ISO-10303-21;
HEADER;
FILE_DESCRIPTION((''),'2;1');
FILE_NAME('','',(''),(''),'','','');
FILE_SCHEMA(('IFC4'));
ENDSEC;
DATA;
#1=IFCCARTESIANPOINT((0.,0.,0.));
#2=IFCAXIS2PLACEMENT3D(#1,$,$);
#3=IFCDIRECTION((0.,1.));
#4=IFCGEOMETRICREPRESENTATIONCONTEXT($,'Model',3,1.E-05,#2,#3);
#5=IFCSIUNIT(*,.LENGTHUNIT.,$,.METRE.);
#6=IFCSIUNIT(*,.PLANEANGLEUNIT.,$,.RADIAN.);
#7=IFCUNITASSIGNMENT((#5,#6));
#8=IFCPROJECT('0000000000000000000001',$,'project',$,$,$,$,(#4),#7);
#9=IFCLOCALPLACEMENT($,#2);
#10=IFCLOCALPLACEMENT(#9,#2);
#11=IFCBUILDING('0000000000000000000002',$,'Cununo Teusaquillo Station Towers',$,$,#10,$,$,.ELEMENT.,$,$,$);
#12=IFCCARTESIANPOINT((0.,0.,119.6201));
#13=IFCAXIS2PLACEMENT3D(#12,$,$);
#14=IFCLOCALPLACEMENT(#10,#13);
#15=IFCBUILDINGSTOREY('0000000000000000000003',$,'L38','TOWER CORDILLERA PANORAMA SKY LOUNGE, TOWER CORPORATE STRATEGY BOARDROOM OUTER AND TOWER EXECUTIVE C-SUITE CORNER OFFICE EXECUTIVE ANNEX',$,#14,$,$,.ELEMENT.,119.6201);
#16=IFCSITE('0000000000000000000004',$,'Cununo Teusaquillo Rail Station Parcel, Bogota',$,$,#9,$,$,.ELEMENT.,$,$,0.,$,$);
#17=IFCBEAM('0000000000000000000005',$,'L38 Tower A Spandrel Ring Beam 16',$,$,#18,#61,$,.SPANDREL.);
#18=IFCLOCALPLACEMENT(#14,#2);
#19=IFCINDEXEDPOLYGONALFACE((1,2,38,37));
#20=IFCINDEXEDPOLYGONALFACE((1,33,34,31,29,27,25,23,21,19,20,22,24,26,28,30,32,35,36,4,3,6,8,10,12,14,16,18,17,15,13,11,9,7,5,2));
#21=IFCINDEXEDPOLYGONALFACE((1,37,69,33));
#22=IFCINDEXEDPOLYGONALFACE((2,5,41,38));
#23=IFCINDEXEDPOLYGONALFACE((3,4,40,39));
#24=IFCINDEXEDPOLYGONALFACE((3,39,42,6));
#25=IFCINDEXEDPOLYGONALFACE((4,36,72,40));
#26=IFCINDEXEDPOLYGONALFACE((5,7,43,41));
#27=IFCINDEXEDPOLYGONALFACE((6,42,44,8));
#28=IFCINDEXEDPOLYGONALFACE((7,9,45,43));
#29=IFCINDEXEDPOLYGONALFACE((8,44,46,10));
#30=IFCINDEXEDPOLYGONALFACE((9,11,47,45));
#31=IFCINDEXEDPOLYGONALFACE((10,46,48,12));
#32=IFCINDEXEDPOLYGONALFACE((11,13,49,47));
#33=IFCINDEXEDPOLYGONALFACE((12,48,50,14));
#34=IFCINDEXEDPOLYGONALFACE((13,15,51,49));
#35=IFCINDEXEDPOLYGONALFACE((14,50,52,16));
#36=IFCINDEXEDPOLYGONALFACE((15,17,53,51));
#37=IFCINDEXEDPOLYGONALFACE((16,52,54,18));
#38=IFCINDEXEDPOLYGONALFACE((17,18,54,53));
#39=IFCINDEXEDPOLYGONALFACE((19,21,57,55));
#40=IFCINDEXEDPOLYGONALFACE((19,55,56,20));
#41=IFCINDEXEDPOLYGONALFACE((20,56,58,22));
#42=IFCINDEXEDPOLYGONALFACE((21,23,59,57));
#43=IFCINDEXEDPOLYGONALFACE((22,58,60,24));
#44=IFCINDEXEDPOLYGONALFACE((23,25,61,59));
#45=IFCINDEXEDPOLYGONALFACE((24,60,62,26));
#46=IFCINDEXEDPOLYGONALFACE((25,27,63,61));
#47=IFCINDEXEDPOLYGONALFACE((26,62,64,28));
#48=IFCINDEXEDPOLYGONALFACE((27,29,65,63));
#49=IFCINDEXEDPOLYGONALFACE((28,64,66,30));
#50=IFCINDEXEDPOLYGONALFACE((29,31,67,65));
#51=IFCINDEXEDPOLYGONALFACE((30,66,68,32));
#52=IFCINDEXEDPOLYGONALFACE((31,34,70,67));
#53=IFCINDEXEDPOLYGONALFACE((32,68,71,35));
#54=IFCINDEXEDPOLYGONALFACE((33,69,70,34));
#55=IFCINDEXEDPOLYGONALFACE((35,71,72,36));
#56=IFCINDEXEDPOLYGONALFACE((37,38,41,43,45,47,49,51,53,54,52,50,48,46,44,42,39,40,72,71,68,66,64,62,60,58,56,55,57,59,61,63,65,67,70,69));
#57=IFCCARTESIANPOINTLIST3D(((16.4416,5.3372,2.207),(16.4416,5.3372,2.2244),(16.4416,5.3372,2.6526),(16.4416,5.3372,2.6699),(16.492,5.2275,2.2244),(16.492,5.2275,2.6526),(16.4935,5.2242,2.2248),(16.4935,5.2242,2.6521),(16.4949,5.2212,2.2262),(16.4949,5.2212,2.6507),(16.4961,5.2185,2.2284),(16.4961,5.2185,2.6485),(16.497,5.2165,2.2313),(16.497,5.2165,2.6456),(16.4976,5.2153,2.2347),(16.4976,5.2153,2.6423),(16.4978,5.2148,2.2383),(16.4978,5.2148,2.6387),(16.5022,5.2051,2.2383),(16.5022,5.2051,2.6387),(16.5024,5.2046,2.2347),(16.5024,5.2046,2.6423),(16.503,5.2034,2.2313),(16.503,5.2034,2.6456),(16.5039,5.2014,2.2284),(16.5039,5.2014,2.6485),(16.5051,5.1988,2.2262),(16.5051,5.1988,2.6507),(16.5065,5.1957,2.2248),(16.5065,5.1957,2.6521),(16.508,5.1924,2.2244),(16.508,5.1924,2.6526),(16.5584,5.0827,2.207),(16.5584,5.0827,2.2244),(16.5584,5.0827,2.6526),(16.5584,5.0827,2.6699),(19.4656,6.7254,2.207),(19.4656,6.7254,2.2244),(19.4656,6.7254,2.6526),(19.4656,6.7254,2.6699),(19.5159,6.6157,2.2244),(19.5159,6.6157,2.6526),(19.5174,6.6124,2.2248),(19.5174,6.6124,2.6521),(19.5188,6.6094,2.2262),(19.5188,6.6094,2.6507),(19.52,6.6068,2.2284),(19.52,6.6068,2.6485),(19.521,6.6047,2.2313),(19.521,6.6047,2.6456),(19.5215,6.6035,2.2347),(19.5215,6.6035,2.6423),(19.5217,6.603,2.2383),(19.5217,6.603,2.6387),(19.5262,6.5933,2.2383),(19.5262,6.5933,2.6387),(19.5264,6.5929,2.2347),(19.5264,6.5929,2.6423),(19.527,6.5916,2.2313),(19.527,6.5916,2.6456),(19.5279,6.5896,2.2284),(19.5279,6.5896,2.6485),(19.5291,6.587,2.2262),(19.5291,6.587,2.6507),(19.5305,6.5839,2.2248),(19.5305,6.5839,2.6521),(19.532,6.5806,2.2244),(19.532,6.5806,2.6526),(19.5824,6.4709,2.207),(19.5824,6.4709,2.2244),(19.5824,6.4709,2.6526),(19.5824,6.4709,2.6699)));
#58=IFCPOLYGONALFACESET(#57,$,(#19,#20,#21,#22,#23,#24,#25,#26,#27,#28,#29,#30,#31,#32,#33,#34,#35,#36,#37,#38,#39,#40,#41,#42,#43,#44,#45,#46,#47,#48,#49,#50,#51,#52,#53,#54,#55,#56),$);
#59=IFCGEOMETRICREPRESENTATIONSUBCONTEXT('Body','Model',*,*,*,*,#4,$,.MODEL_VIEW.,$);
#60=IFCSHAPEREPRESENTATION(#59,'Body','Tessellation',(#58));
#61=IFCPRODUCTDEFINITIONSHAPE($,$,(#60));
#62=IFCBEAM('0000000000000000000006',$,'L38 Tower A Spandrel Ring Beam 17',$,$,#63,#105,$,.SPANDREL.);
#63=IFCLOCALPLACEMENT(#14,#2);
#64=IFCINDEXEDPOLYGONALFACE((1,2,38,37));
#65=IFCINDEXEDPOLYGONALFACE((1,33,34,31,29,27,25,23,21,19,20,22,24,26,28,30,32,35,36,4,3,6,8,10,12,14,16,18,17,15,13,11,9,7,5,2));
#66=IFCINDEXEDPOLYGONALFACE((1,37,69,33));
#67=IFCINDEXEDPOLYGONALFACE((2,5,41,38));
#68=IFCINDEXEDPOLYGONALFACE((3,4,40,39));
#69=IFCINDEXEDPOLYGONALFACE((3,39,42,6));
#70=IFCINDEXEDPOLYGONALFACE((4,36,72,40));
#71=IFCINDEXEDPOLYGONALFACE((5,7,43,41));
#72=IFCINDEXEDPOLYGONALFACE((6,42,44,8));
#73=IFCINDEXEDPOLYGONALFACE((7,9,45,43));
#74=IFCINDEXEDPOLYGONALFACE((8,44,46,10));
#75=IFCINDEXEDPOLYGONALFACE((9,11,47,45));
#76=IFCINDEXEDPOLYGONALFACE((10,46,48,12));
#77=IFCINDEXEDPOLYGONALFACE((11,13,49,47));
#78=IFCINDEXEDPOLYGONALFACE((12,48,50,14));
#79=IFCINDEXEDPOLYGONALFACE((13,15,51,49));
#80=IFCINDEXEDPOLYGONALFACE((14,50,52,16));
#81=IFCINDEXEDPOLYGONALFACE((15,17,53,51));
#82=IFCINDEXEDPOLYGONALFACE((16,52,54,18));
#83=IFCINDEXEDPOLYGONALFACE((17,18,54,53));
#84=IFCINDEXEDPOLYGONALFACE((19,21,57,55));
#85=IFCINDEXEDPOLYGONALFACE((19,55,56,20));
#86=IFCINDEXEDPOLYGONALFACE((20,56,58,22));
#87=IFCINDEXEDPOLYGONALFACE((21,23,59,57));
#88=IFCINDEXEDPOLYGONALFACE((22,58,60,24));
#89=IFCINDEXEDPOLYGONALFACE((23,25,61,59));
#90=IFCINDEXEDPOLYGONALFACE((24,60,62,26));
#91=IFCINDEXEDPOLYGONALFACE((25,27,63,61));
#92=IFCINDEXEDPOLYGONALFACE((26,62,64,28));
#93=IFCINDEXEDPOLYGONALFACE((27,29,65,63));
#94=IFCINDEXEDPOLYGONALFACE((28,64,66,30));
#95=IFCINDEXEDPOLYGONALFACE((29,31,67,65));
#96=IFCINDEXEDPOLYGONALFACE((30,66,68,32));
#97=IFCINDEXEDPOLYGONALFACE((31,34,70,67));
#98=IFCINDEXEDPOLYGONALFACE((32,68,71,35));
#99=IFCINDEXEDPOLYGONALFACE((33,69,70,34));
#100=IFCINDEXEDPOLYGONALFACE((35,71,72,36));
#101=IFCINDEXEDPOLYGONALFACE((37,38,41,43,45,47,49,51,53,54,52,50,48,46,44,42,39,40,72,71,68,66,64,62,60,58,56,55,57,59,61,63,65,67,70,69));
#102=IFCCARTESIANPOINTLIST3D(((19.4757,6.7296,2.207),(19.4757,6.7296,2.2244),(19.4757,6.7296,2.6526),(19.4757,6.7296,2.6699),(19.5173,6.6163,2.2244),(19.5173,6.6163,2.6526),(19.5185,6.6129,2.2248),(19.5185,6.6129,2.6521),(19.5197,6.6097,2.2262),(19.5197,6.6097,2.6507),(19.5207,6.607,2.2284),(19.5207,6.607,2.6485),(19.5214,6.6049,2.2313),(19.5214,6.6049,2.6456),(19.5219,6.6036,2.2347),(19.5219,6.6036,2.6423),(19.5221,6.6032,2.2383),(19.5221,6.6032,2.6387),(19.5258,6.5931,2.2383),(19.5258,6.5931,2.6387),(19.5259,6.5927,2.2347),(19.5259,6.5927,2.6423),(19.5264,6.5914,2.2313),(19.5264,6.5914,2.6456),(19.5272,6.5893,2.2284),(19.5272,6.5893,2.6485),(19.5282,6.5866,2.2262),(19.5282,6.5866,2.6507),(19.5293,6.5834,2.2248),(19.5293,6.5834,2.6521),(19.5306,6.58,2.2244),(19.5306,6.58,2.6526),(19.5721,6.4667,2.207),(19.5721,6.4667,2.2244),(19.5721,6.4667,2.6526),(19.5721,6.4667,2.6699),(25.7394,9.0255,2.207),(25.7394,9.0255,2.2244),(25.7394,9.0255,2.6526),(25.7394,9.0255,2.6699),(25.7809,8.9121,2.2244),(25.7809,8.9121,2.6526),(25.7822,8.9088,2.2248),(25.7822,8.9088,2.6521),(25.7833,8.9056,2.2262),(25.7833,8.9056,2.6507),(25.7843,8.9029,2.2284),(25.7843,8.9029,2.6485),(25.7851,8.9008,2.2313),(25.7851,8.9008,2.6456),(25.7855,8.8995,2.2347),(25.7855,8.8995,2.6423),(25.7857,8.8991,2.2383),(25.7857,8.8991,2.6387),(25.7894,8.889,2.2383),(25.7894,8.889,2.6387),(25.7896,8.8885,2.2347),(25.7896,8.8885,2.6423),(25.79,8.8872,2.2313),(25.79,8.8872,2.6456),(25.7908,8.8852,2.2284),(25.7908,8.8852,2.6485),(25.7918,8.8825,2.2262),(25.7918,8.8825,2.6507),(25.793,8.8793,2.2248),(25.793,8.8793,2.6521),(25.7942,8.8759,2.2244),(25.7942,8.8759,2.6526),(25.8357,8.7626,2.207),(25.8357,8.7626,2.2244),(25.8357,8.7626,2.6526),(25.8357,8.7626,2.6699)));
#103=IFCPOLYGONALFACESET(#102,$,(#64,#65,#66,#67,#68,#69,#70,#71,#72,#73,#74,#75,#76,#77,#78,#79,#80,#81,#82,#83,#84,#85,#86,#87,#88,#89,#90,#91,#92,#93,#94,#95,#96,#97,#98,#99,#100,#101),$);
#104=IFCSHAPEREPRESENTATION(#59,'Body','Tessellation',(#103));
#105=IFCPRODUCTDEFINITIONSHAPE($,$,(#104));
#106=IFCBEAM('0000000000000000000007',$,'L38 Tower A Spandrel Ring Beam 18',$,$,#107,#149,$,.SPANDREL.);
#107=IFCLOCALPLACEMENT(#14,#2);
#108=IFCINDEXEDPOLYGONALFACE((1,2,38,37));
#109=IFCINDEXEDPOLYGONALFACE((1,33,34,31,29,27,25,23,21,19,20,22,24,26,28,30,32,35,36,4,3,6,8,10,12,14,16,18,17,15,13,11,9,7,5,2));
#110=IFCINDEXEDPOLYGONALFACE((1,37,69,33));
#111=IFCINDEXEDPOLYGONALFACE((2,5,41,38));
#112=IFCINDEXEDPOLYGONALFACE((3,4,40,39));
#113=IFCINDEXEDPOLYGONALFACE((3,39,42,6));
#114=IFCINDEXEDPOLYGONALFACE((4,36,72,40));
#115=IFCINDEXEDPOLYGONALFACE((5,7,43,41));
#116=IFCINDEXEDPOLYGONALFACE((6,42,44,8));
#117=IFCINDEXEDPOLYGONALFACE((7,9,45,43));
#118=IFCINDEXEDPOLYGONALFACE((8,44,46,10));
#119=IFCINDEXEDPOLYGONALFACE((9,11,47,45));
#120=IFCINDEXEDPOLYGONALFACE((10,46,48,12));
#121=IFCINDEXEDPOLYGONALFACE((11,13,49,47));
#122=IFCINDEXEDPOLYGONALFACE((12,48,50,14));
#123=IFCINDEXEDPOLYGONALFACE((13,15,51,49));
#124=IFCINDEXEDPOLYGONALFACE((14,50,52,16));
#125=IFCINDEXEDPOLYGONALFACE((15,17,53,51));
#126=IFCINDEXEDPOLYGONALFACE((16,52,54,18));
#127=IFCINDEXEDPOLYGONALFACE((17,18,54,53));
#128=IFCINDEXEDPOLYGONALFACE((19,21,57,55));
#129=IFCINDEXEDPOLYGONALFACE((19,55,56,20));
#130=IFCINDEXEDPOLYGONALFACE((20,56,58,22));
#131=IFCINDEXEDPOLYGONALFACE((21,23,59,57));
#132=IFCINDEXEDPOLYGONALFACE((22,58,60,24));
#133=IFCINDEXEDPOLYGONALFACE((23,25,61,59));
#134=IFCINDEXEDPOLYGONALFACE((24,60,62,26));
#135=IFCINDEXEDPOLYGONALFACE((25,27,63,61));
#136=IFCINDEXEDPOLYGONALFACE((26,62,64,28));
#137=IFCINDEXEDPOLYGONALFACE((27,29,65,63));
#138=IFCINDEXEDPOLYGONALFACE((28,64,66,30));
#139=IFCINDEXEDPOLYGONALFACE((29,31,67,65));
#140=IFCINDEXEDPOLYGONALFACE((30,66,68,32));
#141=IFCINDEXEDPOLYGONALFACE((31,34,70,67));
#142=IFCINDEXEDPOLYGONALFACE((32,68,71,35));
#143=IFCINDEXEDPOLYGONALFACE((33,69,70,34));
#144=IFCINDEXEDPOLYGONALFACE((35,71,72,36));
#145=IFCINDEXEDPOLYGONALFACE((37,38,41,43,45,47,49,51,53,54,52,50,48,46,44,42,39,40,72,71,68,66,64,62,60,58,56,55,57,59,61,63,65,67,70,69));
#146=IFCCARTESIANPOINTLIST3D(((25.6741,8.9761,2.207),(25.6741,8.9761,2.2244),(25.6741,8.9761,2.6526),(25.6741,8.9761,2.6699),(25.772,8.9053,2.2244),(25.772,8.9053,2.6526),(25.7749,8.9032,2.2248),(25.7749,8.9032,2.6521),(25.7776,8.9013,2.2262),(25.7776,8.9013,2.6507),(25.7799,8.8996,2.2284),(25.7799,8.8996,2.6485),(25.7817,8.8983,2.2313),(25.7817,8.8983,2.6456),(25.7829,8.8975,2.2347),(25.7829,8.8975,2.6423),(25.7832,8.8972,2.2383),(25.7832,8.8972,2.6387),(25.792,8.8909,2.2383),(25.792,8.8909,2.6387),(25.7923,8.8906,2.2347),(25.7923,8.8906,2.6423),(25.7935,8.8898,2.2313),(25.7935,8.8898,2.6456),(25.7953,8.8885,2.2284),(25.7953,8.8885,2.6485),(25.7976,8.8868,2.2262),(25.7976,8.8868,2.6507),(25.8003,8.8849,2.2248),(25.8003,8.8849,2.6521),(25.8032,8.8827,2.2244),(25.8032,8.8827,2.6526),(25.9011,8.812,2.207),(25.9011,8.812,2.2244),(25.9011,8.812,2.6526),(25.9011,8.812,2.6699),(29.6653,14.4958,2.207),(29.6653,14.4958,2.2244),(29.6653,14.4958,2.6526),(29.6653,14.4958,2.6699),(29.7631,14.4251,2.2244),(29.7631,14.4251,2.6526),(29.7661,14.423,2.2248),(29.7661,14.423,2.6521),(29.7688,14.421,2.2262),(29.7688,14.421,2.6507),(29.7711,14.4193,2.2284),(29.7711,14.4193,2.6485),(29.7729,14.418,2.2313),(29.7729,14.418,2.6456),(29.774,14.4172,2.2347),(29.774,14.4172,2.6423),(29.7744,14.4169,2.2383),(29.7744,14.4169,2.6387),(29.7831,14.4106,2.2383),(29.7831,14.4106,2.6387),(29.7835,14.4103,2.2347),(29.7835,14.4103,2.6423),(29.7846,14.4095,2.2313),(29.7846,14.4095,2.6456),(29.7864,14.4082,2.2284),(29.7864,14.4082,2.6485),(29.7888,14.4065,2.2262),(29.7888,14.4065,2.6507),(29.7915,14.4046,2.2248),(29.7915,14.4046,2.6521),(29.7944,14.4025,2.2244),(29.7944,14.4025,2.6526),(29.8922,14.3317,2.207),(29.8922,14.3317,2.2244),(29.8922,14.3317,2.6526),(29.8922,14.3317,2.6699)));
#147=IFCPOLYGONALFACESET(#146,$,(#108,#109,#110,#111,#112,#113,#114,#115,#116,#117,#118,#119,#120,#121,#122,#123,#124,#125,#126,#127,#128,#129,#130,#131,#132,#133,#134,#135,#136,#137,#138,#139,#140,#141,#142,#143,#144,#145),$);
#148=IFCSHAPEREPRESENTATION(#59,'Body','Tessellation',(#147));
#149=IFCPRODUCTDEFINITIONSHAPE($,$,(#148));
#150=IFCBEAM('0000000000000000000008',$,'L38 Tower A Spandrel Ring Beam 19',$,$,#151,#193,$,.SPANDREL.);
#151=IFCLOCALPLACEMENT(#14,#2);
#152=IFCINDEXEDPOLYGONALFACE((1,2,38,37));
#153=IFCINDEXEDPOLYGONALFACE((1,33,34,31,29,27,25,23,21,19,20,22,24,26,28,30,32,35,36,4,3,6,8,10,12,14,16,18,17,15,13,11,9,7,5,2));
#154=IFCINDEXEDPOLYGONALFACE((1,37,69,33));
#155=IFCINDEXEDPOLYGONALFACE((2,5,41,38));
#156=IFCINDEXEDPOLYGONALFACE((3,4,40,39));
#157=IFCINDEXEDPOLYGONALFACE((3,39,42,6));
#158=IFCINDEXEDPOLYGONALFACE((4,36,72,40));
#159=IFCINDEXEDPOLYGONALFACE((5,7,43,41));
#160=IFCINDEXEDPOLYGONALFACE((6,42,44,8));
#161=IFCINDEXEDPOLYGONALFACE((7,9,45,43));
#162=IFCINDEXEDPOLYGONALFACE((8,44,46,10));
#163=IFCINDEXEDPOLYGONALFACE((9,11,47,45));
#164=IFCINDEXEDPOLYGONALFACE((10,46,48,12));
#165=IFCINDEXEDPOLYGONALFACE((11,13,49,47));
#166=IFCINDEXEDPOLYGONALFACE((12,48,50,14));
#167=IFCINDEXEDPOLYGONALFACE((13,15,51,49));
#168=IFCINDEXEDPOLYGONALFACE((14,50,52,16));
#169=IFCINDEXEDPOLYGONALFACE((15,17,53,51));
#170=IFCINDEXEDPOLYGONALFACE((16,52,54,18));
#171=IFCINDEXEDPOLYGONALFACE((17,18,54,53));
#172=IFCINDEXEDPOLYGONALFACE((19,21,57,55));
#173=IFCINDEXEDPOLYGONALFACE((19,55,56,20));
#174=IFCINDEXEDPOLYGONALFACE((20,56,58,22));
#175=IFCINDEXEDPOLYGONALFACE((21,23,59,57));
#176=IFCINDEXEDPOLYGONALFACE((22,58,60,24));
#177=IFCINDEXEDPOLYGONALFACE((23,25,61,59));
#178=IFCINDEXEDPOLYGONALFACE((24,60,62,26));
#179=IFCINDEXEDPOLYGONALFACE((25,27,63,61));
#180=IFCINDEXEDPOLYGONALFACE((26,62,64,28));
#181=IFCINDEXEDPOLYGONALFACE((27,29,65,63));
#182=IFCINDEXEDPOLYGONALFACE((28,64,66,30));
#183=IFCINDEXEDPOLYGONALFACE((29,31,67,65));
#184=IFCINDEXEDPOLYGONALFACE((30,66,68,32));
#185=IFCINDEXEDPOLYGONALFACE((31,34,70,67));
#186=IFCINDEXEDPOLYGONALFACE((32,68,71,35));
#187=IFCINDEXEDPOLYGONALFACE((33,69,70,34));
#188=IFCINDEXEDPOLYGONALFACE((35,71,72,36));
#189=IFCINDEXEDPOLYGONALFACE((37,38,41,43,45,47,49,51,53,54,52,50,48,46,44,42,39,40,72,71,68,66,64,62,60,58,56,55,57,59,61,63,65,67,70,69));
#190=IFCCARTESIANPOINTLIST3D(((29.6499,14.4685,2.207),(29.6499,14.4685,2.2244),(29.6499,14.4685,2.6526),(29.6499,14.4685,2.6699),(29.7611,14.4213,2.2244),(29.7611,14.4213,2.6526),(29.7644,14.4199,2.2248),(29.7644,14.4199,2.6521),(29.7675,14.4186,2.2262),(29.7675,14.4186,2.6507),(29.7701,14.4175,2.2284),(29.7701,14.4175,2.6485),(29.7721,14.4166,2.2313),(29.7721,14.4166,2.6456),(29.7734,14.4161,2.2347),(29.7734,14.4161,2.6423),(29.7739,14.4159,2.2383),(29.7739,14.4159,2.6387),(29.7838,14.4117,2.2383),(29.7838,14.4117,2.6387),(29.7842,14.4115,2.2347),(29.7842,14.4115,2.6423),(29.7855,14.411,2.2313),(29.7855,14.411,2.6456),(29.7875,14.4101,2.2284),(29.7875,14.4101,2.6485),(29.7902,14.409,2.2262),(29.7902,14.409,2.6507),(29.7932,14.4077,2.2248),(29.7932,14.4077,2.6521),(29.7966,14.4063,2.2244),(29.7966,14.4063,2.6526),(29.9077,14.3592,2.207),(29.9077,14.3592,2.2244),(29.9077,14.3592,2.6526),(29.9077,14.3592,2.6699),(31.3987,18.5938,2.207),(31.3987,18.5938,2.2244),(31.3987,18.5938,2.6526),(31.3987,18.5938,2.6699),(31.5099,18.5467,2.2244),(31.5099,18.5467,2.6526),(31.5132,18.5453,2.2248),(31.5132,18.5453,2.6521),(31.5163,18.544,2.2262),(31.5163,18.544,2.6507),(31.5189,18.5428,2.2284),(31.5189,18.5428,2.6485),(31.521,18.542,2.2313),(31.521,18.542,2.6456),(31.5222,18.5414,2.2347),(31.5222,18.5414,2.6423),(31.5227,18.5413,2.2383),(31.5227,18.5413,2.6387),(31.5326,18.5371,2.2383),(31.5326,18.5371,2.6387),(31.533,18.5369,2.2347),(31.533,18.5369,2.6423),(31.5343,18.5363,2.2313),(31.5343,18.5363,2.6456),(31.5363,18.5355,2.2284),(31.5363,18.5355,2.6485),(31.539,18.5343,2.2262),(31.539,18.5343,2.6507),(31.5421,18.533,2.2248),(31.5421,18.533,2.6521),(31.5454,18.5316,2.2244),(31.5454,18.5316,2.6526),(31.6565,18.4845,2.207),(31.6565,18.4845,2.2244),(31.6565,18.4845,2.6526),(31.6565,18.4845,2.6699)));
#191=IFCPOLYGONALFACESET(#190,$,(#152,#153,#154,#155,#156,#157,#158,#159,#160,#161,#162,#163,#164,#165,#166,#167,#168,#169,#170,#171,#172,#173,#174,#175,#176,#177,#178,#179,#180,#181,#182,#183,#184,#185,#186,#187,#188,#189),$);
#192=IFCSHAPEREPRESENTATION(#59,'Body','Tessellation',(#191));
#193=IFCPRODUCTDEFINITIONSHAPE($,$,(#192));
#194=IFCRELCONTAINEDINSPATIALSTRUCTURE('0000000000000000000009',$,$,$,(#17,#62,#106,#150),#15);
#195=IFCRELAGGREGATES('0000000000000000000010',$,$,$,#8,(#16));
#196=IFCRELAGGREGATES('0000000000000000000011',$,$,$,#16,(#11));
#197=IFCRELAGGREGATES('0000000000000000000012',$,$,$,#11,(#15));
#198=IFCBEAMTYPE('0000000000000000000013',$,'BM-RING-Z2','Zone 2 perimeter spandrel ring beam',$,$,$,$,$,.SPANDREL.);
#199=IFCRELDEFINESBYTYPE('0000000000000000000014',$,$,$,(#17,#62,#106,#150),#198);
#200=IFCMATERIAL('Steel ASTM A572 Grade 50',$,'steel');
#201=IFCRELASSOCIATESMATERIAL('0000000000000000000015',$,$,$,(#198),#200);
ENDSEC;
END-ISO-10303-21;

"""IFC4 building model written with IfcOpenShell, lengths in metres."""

from ifc_helpers import new_model, si_unit, direction, frame, origin, origin_2d, place, context, subcontext, project, spatial, i_section, extrude, material, material_profile, profile_set, type_object, element, save


model = new_model("IFC4")

# Units and contexts
model_context = context("Model", 3, precision=1e-05, world=origin(), true_north=direction((0.0, 1.0)))
body_context = subcontext(model_context, "Body", "Model", "MODEL_VIEW")
ifc_project = project(units=[si_unit("LENGTHUNIT", "METRE"), si_unit("PLANEANGLEUNIT", "RADIAN")], contexts=[model_context])

# Site, building, storey
site_placement = place(None, origin())
site = spatial("IfcSite", under=ifc_project, at=site_placement, Name="Cununo Teusaquillo Rail Station Parcel, Bogota", CompositionType="ELEMENT", RefElevation=0.0)
building_placement = place(site_placement, origin())
building = spatial("IfcBuilding", under=site, at=building_placement, Name="Cununo Teusaquillo Station Towers", CompositionType="ELEMENT")
storey_placement = place(building_placement, frame((0.0, 0.0, 119.6201)))
storey = spatial("IfcBuildingStorey", under=building, at=storey_placement, Name="L38", Description="TOWER CORDILLERA PANORAMA SKY LOUNGE, TOWER CORPORATE STRATEGY BOARDROOM OUTER AND TOWER EXECUTIVE C-SUITE CORNER OFFICE EXECUTIVE ANNEX", CompositionType="ELEMENT", Elevation=119.6201)

# Beams
ifc_material_1 = material(Name="Steel ASTM A572 Grade 50", Category="steel")
ifc_material_profile_1 = material_profile(ifc_material_1, i_section(OverallWidth=0.28, OverallDepth=0.4629, WebThickness=0.0107, FlangeThickness=0.0173, FilletRadius=0.0139, at=origin_2d()), Name="W18X76")
ifc_profile_set_1 = profile_set([ifc_material_profile_1], Name="Steel ASTM A572 Grade 50")
beam_type_1 = type_object("IfcBeamType", Name="BM-RING-Z2", Description="Zone 2 perimeter spandrel ring beam", PredefinedType="SPANDREL", material=ifc_profile_set_1)
beam_1_placement = place(storey_placement, frame((16.5, 5.21, 2.4385), z_axis=(0.908812, 0.417205, 0.0), x_axis=(-0.417205, 0.908812, 0.0)))
element("IfcBeam", 1, at=beam_1_placement, inside=storey, type_object=beam_type_1, Name="L38 Tower A Spandrel Ring Beam 16", PredefinedType="SPANDREL", context=body_context, shape_type="SweptSolid", body=[
    extrude(i_section(OverallWidth=0.28, OverallDepth=0.4629, WebThickness=0.0107, FlangeThickness=0.0173, FilletRadius=0.0139, at=origin_2d()), origin(), (0.0, 0.0, 1.0), 3.3274),
])
beam_2_placement = place(storey_placement, frame((19.5239, 6.5981, 2.4385), z_axis=(0.938914, 0.344151, 0.0), x_axis=(-0.344151, 0.938914, 0.0)))
element("IfcBeam", 2, at=beam_2_placement, inside=storey, type_object=beam_type_1, Name="L38 Tower A Spandrel Ring Beam 17", PredefinedType="SPANDREL", context=body_context, shape_type="SweptSolid", body=[
    extrude(i_section(OverallWidth=0.28, OverallDepth=0.4629, WebThickness=0.0107, FlangeThickness=0.0173, FilletRadius=0.0139, at=origin_2d()), origin(), (0.0, 0.0, 1.0), 6.6711),
])
beam_3_placement = place(storey_placement, frame((25.7876, 8.894, 2.4385), z_axis=(0.585945, 0.810351, 0.0), x_axis=(-0.810351, 0.585945, 0.0)))
element("IfcBeam", 3, at=beam_3_placement, inside=storey, type_object=beam_type_1, Name="L38 Tower A Spandrel Ring Beam 18", PredefinedType="SPANDREL", context=body_context, shape_type="SweptSolid", body=[
    extrude(i_section(OverallWidth=0.28, OverallDepth=0.4629, WebThickness=0.0107, FlangeThickness=0.0173, FilletRadius=0.0139, at=origin_2d()), origin(), (0.0, 0.0, 1.0), 6.8115),
])
beam_4_placement = place(storey_placement, frame((29.7788, 14.4138, 2.4385), z_axis=(0.390299, 0.920688, 0.0), x_axis=(-0.920688, 0.390299, 0.0)))
element("IfcBeam", 4, at=beam_4_placement, inside=storey, type_object=beam_type_1, Name="L38 Tower A Spandrel Ring Beam 19", PredefinedType="SPANDREL", context=body_context, shape_type="SweptSolid", body=[
    extrude(i_section(OverallWidth=0.28, OverallDepth=0.4629, WebThickness=0.0107, FlangeThickness=0.0173, FilletRadius=0.0139, at=origin_2d()), origin(), (0.0, 0.0, 1.0), 4.4807),
])

save(model, "model.ifc")
